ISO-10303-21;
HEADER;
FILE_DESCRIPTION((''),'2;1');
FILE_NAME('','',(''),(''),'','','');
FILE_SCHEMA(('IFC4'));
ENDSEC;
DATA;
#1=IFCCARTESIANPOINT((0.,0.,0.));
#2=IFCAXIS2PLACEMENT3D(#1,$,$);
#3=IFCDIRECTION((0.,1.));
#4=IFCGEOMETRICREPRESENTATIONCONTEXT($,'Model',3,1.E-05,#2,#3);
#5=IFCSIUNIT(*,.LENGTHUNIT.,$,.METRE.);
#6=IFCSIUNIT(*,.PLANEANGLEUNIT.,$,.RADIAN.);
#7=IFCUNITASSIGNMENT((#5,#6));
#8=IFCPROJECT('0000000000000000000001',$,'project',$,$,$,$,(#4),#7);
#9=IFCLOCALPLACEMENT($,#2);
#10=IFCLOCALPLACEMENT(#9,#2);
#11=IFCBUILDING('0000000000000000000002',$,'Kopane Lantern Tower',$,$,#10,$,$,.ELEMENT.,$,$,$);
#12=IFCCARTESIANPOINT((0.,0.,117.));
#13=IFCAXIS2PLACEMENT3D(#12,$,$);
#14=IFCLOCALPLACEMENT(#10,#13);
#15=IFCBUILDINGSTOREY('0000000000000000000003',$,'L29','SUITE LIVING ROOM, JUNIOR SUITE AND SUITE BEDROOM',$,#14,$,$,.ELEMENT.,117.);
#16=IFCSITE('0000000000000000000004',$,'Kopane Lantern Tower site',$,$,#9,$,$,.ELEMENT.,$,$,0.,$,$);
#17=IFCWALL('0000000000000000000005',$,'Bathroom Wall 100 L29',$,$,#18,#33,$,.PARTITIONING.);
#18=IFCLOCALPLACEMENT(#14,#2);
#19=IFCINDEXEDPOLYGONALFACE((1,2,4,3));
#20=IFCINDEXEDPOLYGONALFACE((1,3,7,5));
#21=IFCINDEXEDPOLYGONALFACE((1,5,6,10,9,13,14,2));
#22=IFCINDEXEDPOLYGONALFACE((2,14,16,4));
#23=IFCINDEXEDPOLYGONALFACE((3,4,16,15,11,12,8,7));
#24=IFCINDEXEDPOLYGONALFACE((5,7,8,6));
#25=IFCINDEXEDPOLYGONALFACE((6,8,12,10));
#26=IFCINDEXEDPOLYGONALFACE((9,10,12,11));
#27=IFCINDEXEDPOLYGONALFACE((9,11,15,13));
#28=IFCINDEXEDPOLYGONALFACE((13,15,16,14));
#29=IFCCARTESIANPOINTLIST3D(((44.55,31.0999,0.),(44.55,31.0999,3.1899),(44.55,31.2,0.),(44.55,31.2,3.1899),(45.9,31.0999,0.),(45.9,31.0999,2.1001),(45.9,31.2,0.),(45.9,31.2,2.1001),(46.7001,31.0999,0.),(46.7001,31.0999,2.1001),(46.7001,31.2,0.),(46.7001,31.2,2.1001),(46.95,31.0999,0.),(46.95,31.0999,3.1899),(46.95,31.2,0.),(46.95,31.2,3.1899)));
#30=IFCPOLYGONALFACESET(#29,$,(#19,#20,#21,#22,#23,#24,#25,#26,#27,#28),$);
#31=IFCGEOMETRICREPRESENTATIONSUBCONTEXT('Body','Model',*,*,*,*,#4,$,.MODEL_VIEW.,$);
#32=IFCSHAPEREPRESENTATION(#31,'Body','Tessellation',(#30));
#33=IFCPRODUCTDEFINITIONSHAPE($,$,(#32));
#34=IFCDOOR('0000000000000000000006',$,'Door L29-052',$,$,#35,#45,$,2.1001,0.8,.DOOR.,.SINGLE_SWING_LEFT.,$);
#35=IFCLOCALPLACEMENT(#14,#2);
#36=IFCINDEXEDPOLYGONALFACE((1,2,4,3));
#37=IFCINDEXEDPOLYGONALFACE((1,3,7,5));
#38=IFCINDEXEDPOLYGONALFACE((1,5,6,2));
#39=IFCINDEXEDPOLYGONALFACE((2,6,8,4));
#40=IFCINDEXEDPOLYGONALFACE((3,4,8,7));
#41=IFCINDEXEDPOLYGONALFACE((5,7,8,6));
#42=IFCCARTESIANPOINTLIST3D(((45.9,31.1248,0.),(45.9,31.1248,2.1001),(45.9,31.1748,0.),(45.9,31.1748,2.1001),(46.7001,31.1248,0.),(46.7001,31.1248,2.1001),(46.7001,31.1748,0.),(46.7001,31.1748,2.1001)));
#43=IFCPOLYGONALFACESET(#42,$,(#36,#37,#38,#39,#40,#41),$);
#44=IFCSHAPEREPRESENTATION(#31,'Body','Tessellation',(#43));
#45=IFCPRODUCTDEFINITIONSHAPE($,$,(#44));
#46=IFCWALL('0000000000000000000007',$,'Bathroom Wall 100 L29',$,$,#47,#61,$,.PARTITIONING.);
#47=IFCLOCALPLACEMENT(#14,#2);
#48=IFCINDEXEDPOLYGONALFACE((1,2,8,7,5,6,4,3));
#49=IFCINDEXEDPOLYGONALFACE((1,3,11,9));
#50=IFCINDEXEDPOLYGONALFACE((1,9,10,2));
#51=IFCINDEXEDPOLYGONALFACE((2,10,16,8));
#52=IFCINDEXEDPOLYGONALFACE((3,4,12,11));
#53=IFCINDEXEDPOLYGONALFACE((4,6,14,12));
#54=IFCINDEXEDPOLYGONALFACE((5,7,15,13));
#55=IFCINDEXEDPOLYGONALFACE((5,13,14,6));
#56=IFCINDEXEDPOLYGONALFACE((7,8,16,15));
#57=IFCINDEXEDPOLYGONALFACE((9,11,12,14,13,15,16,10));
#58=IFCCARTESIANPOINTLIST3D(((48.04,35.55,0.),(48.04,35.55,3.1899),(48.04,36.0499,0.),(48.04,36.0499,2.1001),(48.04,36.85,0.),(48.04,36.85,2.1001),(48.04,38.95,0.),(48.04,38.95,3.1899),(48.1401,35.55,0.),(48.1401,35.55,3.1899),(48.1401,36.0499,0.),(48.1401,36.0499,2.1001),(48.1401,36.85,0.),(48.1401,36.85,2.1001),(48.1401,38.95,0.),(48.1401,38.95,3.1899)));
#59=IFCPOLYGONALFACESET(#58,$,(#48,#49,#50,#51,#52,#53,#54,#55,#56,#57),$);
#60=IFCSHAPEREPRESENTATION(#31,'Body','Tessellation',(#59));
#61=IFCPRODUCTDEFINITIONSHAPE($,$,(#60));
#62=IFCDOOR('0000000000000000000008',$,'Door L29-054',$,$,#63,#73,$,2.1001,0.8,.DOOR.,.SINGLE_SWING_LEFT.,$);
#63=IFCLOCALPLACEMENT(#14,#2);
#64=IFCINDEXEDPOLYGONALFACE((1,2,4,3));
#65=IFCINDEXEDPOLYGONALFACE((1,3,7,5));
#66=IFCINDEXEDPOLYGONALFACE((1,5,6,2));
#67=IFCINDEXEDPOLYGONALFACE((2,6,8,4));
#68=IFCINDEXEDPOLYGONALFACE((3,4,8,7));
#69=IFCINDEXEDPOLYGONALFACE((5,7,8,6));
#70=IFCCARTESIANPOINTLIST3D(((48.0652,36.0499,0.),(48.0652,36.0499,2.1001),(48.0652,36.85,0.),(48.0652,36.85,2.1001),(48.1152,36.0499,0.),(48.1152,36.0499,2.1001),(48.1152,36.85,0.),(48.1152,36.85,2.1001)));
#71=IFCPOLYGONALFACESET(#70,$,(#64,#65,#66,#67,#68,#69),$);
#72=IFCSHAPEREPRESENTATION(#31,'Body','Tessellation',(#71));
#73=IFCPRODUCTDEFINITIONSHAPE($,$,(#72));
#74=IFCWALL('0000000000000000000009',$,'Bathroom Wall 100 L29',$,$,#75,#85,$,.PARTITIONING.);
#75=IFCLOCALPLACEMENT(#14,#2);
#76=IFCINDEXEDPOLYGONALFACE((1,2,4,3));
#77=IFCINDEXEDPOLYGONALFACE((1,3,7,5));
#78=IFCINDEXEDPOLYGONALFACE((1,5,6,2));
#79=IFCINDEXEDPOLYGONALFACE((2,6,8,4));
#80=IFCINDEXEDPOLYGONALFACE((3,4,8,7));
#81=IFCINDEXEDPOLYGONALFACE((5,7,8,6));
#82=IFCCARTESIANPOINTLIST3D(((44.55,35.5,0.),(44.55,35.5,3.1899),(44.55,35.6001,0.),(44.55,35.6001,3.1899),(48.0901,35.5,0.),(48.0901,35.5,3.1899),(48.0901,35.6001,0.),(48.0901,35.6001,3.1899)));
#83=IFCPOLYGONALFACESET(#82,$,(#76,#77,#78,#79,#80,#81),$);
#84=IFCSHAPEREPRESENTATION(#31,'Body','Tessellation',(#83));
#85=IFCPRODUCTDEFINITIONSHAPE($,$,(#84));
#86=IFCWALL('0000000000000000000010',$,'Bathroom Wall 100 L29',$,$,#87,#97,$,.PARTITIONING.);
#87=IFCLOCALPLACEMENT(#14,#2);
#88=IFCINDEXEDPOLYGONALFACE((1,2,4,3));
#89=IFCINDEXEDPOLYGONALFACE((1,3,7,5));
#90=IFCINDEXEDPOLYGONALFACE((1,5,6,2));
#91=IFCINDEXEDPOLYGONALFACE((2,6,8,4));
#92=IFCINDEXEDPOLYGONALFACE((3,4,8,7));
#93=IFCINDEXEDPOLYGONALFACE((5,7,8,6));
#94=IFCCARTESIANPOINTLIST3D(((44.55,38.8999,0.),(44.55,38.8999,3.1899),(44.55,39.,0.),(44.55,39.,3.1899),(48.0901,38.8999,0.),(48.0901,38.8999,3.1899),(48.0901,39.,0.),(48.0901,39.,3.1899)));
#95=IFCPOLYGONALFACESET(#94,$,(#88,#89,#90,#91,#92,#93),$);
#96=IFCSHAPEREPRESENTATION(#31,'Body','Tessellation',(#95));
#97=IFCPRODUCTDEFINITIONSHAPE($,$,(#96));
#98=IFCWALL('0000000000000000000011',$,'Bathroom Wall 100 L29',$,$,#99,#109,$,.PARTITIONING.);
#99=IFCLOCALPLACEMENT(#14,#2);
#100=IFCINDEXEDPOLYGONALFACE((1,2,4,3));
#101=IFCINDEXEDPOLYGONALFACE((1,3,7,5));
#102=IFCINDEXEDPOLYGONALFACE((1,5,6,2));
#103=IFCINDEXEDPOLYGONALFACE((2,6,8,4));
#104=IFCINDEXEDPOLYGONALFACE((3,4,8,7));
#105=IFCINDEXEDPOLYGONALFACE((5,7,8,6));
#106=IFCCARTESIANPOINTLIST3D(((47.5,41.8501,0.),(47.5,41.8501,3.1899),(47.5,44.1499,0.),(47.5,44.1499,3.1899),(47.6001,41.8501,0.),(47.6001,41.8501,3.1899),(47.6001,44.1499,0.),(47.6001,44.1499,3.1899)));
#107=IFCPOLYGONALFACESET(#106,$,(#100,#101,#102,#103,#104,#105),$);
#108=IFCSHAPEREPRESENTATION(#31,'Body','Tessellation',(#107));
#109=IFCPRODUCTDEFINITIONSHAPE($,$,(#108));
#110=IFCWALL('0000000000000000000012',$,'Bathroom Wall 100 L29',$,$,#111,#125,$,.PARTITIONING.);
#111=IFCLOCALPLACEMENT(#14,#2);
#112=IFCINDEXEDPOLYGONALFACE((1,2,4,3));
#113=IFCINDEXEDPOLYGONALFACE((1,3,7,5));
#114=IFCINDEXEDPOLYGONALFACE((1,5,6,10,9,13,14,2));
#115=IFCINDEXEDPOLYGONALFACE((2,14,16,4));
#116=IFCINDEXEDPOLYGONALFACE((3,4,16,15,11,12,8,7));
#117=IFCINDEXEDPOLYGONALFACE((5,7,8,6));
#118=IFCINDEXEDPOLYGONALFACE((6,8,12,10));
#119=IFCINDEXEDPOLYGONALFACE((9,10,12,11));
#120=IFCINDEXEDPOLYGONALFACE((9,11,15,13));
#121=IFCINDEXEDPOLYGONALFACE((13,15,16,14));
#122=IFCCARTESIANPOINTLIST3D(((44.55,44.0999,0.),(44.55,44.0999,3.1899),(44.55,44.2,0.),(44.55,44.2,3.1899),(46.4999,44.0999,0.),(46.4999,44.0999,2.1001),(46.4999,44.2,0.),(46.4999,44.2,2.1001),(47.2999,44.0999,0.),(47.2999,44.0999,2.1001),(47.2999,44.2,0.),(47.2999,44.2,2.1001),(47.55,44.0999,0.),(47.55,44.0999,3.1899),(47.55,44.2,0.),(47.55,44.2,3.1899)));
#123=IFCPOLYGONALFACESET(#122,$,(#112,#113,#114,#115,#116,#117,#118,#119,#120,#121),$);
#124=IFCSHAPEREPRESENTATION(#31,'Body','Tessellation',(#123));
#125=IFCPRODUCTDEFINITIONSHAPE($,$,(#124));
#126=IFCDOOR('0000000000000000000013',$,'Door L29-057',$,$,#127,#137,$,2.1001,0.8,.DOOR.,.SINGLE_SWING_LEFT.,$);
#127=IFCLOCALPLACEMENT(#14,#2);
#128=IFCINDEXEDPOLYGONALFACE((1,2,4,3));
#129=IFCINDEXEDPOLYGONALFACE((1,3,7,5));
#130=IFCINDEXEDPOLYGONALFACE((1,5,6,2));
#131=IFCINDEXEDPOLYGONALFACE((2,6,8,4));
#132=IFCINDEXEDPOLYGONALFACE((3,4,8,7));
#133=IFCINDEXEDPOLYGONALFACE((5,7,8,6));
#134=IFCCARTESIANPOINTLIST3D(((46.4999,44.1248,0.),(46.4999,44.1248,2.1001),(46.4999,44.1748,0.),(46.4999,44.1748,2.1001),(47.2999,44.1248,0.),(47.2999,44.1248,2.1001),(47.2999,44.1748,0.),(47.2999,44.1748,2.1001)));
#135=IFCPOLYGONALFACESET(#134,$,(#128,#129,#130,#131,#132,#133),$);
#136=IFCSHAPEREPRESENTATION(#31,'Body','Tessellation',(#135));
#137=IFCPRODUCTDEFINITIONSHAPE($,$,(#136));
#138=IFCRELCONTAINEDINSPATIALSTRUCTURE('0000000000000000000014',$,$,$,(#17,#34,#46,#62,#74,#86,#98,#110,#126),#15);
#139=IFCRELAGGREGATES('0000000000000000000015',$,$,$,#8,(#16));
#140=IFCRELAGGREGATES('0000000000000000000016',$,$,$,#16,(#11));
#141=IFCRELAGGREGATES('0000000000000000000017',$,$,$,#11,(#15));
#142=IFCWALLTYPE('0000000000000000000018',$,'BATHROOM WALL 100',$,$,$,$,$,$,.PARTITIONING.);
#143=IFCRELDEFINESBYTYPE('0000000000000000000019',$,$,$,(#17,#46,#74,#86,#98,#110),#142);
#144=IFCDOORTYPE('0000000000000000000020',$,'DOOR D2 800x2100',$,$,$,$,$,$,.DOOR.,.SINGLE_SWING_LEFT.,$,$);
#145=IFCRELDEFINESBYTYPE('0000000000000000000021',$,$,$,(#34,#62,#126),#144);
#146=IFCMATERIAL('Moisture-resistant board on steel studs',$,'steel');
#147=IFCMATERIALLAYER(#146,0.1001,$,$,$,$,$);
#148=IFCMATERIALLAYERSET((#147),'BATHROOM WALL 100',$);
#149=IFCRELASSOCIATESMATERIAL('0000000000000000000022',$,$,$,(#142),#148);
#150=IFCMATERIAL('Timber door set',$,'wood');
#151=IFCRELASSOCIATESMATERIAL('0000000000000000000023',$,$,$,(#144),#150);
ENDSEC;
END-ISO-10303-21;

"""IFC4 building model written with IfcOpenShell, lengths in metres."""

from ifc_helpers import new_model, si_unit, direction, frame, frame_2d, origin, place, context, subcontext, project, spatial, rectangle, extrude, material, layer, layer_set, type_object, element, fill, save


model = new_model("IFC4")

# Units and contexts
model_context = context("Model", 3, precision=1e-05, world=origin(), true_north=direction((0.0, 1.0)))
body_context = subcontext(model_context, "Body", "Model", "MODEL_VIEW")
ifc_project = project(units=[si_unit("LENGTHUNIT", "METRE"), si_unit("PLANEANGLEUNIT", "RADIAN")], contexts=[model_context])

# Site, building, storey
site_placement = place(None, origin())
site = spatial("IfcSite", under=ifc_project, at=site_placement, Name="Kopane Lantern Tower site", CompositionType="ELEMENT", RefElevation=0.0)
building_placement = place(site_placement, origin())
building = spatial("IfcBuilding", under=site, at=building_placement, Name="Kopane Lantern Tower", CompositionType="ELEMENT")
storey_placement = place(building_placement, frame((0.0, 0.0, 117.0)))
storey = spatial("IfcBuildingStorey", under=building, at=storey_placement, Name="L29", Description="SUITE LIVING ROOM, JUNIOR SUITE AND SUITE BEDROOM", CompositionType="ELEMENT", Elevation=117.0)

# Walls, openings, doors
ifc_material_1 = material(Name="Moisture-resistant board on steel studs", Category="steel")
ifc_layer_1 = layer(ifc_material_1, 0.1001)
ifc_layer_set_1 = layer_set([ifc_layer_1], Name="BATHROOM WALL 100")
wall_type_1 = type_object("IfcWallType", Name="BATHROOM WALL 100", PredefinedType="PARTITIONING", material=ifc_layer_set_1)
ifc_material_2 = material(Name="Timber door set", Category="wood")
door_type_1 = type_object("IfcDoorType", Name="DOOR D2 800x2100", OperationType="SINGLE_SWING_LEFT", PredefinedType="DOOR", material=ifc_material_2)
wall_1_placement = place(storey_placement, frame((44.55, 31.1499, 0.0), z_axis=(0.0, 0.0, 1.0), x_axis=(1.0, 0.0, 0.0)))
wall_1 = element("IfcWall", 1, at=wall_1_placement, inside=storey, type_object=wall_type_1, Name="Bathroom Wall 100 L29", PredefinedType="PARTITIONING", context=body_context, shape_type="SweptSolid", body=[
    extrude(rectangle(XDim=2.3999, YDim=0.1001, at=frame_2d((1.2, 0.0))), origin(), (0.0, 0.0, 1.0), 3.1899),
])
opening_1_placement = place(wall_1_placement, frame((1.3501, 0.0, 0.0)))
opening_1 = element("IfcOpeningElement", 2, at=opening_1_placement, cuts=wall_1, PredefinedType="OPENING", context=body_context, shape_type="SweptSolid", body=[
    extrude(rectangle(XDim=0.8, YDim=2.1001, at=frame_2d((0.3999, 1.05))), frame((0.0, 0.0601, 0.0), z_axis=(0.0, -1.0, 0.0), x_axis=(1.0, 0.0, 0.0)), (0.0, 0.0, 1.0), 0.1201),
])
door_1_placement = place(opening_1_placement, origin())
door_1 = element("IfcDoor", 3, at=door_1_placement, inside=storey, type_object=door_type_1, Name="Door L29-052", OperationType="SINGLE_SWING_LEFT", OverallHeight=2.1001, OverallWidth=0.8, PredefinedType="DOOR", context=body_context, shape_type="SweptSolid", body=[
    extrude(rectangle(XDim=0.8, YDim=2.1001, at=frame_2d((0.3999, 1.05))), frame((0.0, 0.0249, 0.0), z_axis=(0.0, -1.0, 0.0), x_axis=(1.0, 0.0, 0.0)), (0.0, 0.0, 1.0), 0.05),
])
fill(opening_1, door_1)
wall_2_placement = place(storey_placement, frame((48.0901, 35.55, 0.0), z_axis=(0.0, 0.0, 1.0), x_axis=(0.0, 1.0, 0.0)))
wall_2 = element("IfcWall", 4, at=wall_2_placement, inside=storey, type_object=wall_type_1, Name="Bathroom Wall 100 L29", PredefinedType="PARTITIONING", context=body_context, shape_type="SweptSolid", body=[
    extrude(rectangle(XDim=3.3999, YDim=0.1001, at=frame_2d((1.7, 0.0))), origin(), (0.0, 0.0, 1.0), 3.1899),
])
opening_2_placement = place(wall_2_placement, frame((0.5, 0.0, 0.0)))
opening_2 = element("IfcOpeningElement", 5, at=opening_2_placement, cuts=wall_2, PredefinedType="OPENING", context=body_context, shape_type="SweptSolid", body=[
    extrude(rectangle(XDim=0.8, YDim=2.1001, at=frame_2d((0.3999, 1.05))), frame((0.0, 0.0601, 0.0), z_axis=(0.0, -1.0, 0.0), x_axis=(1.0, 0.0, 0.0)), (0.0, 0.0, 1.0), 0.1201),
])
door_2_placement = place(opening_2_placement, origin())
door_2 = element("IfcDoor", 6, at=door_2_placement, inside=storey, type_object=door_type_1, Name="Door L29-054", OperationType="SINGLE_SWING_LEFT", OverallHeight=2.1001, OverallWidth=0.8, PredefinedType="DOOR", context=body_context, shape_type="SweptSolid", body=[
    extrude(rectangle(XDim=0.8, YDim=2.1001, at=frame_2d((0.3999, 1.05))), frame((0.0, 0.0249, 0.0), z_axis=(0.0, -1.0, 0.0), x_axis=(1.0, 0.0, 0.0)), (0.0, 0.0, 1.0), 0.05),
])
fill(opening_2, door_2)

# Walls
for number, where, z_axis, x_axis, name in (
    (7, (44.55, 35.55, 0.0), (0.0, 0.0, 1.0), (1.0, 0.0, 0.0), "Bathroom Wall 100 L29"),
    (8, (44.55, 38.95, 0.0), (0.0, 0.0, 1.0), (1.0, 0.0, 0.0), "Bathroom Wall 100 L29"),
):
    element("IfcWall", number, at=place(storey_placement, frame(where, z_axis=z_axis, x_axis=x_axis)), inside=storey, type_object=wall_type_1, Name=name, PredefinedType="PARTITIONING", context=body_context, shape_type="SweptSolid", body=[
        extrude(rectangle(XDim=3.54, YDim=0.1001, at=frame_2d((1.77, 0.0))), origin(), (0.0, 0.0, 1.0), 3.1899),
    ])
wall_3_placement = place(storey_placement, frame((47.55, 41.8501, 0.0), z_axis=(0.0, 0.0, 1.0), x_axis=(0.0, 1.0, 0.0)))
element("IfcWall", 9, at=wall_3_placement, inside=storey, type_object=wall_type_1, Name="Bathroom Wall 100 L29", PredefinedType="PARTITIONING", context=body_context, shape_type="SweptSolid", body=[
    extrude(rectangle(XDim=2.2998, YDim=0.1001, at=frame_2d((1.1499, 0.0))), origin(), (0.0, 0.0, 1.0), 3.1899),
])

# Wall, opening, door
wall_4_placement = place(storey_placement, frame((44.55, 44.1499, 0.0), z_axis=(0.0, 0.0, 1.0), x_axis=(1.0, 0.0, 0.0)))
wall_4 = element("IfcWall", 10, at=wall_4_placement, inside=storey, type_object=wall_type_1, Name="Bathroom Wall 100 L29", PredefinedType="PARTITIONING", context=body_context, shape_type="SweptSolid", body=[
    extrude(rectangle(XDim=3.0, YDim=0.1001, at=frame_2d((1.5, 0.0))), origin(), (0.0, 0.0, 1.0), 3.1899),
])
opening_3_placement = place(wall_4_placement, frame((1.95, 0.0, 0.0)))
opening_3 = element("IfcOpeningElement", 11, at=opening_3_placement, cuts=wall_4, PredefinedType="OPENING", context=body_context, shape_type="SweptSolid", body=[
    extrude(rectangle(XDim=0.8, YDim=2.1001, at=frame_2d((0.3999, 1.05))), frame((0.0, 0.0601, 0.0), z_axis=(0.0, -1.0, 0.0), x_axis=(1.0, 0.0, 0.0)), (0.0, 0.0, 1.0), 0.1201),
])
door_3_placement = place(opening_3_placement, origin())
door_3 = element("IfcDoor", 12, at=door_3_placement, inside=storey, type_object=door_type_1, Name="Door L29-057", OperationType="SINGLE_SWING_LEFT", OverallHeight=2.1001, OverallWidth=0.8, PredefinedType="DOOR", context=body_context, shape_type="SweptSolid", body=[
    extrude(rectangle(XDim=0.8, YDim=2.1001, at=frame_2d((0.3999, 1.05))), frame((0.0, 0.0249, 0.0), z_axis=(0.0, -1.0, 0.0), x_axis=(1.0, 0.0, 0.0)), (0.0, 0.0, 1.0), 0.05),
])
fill(opening_3, door_3)

save(model, "model.ifc")
